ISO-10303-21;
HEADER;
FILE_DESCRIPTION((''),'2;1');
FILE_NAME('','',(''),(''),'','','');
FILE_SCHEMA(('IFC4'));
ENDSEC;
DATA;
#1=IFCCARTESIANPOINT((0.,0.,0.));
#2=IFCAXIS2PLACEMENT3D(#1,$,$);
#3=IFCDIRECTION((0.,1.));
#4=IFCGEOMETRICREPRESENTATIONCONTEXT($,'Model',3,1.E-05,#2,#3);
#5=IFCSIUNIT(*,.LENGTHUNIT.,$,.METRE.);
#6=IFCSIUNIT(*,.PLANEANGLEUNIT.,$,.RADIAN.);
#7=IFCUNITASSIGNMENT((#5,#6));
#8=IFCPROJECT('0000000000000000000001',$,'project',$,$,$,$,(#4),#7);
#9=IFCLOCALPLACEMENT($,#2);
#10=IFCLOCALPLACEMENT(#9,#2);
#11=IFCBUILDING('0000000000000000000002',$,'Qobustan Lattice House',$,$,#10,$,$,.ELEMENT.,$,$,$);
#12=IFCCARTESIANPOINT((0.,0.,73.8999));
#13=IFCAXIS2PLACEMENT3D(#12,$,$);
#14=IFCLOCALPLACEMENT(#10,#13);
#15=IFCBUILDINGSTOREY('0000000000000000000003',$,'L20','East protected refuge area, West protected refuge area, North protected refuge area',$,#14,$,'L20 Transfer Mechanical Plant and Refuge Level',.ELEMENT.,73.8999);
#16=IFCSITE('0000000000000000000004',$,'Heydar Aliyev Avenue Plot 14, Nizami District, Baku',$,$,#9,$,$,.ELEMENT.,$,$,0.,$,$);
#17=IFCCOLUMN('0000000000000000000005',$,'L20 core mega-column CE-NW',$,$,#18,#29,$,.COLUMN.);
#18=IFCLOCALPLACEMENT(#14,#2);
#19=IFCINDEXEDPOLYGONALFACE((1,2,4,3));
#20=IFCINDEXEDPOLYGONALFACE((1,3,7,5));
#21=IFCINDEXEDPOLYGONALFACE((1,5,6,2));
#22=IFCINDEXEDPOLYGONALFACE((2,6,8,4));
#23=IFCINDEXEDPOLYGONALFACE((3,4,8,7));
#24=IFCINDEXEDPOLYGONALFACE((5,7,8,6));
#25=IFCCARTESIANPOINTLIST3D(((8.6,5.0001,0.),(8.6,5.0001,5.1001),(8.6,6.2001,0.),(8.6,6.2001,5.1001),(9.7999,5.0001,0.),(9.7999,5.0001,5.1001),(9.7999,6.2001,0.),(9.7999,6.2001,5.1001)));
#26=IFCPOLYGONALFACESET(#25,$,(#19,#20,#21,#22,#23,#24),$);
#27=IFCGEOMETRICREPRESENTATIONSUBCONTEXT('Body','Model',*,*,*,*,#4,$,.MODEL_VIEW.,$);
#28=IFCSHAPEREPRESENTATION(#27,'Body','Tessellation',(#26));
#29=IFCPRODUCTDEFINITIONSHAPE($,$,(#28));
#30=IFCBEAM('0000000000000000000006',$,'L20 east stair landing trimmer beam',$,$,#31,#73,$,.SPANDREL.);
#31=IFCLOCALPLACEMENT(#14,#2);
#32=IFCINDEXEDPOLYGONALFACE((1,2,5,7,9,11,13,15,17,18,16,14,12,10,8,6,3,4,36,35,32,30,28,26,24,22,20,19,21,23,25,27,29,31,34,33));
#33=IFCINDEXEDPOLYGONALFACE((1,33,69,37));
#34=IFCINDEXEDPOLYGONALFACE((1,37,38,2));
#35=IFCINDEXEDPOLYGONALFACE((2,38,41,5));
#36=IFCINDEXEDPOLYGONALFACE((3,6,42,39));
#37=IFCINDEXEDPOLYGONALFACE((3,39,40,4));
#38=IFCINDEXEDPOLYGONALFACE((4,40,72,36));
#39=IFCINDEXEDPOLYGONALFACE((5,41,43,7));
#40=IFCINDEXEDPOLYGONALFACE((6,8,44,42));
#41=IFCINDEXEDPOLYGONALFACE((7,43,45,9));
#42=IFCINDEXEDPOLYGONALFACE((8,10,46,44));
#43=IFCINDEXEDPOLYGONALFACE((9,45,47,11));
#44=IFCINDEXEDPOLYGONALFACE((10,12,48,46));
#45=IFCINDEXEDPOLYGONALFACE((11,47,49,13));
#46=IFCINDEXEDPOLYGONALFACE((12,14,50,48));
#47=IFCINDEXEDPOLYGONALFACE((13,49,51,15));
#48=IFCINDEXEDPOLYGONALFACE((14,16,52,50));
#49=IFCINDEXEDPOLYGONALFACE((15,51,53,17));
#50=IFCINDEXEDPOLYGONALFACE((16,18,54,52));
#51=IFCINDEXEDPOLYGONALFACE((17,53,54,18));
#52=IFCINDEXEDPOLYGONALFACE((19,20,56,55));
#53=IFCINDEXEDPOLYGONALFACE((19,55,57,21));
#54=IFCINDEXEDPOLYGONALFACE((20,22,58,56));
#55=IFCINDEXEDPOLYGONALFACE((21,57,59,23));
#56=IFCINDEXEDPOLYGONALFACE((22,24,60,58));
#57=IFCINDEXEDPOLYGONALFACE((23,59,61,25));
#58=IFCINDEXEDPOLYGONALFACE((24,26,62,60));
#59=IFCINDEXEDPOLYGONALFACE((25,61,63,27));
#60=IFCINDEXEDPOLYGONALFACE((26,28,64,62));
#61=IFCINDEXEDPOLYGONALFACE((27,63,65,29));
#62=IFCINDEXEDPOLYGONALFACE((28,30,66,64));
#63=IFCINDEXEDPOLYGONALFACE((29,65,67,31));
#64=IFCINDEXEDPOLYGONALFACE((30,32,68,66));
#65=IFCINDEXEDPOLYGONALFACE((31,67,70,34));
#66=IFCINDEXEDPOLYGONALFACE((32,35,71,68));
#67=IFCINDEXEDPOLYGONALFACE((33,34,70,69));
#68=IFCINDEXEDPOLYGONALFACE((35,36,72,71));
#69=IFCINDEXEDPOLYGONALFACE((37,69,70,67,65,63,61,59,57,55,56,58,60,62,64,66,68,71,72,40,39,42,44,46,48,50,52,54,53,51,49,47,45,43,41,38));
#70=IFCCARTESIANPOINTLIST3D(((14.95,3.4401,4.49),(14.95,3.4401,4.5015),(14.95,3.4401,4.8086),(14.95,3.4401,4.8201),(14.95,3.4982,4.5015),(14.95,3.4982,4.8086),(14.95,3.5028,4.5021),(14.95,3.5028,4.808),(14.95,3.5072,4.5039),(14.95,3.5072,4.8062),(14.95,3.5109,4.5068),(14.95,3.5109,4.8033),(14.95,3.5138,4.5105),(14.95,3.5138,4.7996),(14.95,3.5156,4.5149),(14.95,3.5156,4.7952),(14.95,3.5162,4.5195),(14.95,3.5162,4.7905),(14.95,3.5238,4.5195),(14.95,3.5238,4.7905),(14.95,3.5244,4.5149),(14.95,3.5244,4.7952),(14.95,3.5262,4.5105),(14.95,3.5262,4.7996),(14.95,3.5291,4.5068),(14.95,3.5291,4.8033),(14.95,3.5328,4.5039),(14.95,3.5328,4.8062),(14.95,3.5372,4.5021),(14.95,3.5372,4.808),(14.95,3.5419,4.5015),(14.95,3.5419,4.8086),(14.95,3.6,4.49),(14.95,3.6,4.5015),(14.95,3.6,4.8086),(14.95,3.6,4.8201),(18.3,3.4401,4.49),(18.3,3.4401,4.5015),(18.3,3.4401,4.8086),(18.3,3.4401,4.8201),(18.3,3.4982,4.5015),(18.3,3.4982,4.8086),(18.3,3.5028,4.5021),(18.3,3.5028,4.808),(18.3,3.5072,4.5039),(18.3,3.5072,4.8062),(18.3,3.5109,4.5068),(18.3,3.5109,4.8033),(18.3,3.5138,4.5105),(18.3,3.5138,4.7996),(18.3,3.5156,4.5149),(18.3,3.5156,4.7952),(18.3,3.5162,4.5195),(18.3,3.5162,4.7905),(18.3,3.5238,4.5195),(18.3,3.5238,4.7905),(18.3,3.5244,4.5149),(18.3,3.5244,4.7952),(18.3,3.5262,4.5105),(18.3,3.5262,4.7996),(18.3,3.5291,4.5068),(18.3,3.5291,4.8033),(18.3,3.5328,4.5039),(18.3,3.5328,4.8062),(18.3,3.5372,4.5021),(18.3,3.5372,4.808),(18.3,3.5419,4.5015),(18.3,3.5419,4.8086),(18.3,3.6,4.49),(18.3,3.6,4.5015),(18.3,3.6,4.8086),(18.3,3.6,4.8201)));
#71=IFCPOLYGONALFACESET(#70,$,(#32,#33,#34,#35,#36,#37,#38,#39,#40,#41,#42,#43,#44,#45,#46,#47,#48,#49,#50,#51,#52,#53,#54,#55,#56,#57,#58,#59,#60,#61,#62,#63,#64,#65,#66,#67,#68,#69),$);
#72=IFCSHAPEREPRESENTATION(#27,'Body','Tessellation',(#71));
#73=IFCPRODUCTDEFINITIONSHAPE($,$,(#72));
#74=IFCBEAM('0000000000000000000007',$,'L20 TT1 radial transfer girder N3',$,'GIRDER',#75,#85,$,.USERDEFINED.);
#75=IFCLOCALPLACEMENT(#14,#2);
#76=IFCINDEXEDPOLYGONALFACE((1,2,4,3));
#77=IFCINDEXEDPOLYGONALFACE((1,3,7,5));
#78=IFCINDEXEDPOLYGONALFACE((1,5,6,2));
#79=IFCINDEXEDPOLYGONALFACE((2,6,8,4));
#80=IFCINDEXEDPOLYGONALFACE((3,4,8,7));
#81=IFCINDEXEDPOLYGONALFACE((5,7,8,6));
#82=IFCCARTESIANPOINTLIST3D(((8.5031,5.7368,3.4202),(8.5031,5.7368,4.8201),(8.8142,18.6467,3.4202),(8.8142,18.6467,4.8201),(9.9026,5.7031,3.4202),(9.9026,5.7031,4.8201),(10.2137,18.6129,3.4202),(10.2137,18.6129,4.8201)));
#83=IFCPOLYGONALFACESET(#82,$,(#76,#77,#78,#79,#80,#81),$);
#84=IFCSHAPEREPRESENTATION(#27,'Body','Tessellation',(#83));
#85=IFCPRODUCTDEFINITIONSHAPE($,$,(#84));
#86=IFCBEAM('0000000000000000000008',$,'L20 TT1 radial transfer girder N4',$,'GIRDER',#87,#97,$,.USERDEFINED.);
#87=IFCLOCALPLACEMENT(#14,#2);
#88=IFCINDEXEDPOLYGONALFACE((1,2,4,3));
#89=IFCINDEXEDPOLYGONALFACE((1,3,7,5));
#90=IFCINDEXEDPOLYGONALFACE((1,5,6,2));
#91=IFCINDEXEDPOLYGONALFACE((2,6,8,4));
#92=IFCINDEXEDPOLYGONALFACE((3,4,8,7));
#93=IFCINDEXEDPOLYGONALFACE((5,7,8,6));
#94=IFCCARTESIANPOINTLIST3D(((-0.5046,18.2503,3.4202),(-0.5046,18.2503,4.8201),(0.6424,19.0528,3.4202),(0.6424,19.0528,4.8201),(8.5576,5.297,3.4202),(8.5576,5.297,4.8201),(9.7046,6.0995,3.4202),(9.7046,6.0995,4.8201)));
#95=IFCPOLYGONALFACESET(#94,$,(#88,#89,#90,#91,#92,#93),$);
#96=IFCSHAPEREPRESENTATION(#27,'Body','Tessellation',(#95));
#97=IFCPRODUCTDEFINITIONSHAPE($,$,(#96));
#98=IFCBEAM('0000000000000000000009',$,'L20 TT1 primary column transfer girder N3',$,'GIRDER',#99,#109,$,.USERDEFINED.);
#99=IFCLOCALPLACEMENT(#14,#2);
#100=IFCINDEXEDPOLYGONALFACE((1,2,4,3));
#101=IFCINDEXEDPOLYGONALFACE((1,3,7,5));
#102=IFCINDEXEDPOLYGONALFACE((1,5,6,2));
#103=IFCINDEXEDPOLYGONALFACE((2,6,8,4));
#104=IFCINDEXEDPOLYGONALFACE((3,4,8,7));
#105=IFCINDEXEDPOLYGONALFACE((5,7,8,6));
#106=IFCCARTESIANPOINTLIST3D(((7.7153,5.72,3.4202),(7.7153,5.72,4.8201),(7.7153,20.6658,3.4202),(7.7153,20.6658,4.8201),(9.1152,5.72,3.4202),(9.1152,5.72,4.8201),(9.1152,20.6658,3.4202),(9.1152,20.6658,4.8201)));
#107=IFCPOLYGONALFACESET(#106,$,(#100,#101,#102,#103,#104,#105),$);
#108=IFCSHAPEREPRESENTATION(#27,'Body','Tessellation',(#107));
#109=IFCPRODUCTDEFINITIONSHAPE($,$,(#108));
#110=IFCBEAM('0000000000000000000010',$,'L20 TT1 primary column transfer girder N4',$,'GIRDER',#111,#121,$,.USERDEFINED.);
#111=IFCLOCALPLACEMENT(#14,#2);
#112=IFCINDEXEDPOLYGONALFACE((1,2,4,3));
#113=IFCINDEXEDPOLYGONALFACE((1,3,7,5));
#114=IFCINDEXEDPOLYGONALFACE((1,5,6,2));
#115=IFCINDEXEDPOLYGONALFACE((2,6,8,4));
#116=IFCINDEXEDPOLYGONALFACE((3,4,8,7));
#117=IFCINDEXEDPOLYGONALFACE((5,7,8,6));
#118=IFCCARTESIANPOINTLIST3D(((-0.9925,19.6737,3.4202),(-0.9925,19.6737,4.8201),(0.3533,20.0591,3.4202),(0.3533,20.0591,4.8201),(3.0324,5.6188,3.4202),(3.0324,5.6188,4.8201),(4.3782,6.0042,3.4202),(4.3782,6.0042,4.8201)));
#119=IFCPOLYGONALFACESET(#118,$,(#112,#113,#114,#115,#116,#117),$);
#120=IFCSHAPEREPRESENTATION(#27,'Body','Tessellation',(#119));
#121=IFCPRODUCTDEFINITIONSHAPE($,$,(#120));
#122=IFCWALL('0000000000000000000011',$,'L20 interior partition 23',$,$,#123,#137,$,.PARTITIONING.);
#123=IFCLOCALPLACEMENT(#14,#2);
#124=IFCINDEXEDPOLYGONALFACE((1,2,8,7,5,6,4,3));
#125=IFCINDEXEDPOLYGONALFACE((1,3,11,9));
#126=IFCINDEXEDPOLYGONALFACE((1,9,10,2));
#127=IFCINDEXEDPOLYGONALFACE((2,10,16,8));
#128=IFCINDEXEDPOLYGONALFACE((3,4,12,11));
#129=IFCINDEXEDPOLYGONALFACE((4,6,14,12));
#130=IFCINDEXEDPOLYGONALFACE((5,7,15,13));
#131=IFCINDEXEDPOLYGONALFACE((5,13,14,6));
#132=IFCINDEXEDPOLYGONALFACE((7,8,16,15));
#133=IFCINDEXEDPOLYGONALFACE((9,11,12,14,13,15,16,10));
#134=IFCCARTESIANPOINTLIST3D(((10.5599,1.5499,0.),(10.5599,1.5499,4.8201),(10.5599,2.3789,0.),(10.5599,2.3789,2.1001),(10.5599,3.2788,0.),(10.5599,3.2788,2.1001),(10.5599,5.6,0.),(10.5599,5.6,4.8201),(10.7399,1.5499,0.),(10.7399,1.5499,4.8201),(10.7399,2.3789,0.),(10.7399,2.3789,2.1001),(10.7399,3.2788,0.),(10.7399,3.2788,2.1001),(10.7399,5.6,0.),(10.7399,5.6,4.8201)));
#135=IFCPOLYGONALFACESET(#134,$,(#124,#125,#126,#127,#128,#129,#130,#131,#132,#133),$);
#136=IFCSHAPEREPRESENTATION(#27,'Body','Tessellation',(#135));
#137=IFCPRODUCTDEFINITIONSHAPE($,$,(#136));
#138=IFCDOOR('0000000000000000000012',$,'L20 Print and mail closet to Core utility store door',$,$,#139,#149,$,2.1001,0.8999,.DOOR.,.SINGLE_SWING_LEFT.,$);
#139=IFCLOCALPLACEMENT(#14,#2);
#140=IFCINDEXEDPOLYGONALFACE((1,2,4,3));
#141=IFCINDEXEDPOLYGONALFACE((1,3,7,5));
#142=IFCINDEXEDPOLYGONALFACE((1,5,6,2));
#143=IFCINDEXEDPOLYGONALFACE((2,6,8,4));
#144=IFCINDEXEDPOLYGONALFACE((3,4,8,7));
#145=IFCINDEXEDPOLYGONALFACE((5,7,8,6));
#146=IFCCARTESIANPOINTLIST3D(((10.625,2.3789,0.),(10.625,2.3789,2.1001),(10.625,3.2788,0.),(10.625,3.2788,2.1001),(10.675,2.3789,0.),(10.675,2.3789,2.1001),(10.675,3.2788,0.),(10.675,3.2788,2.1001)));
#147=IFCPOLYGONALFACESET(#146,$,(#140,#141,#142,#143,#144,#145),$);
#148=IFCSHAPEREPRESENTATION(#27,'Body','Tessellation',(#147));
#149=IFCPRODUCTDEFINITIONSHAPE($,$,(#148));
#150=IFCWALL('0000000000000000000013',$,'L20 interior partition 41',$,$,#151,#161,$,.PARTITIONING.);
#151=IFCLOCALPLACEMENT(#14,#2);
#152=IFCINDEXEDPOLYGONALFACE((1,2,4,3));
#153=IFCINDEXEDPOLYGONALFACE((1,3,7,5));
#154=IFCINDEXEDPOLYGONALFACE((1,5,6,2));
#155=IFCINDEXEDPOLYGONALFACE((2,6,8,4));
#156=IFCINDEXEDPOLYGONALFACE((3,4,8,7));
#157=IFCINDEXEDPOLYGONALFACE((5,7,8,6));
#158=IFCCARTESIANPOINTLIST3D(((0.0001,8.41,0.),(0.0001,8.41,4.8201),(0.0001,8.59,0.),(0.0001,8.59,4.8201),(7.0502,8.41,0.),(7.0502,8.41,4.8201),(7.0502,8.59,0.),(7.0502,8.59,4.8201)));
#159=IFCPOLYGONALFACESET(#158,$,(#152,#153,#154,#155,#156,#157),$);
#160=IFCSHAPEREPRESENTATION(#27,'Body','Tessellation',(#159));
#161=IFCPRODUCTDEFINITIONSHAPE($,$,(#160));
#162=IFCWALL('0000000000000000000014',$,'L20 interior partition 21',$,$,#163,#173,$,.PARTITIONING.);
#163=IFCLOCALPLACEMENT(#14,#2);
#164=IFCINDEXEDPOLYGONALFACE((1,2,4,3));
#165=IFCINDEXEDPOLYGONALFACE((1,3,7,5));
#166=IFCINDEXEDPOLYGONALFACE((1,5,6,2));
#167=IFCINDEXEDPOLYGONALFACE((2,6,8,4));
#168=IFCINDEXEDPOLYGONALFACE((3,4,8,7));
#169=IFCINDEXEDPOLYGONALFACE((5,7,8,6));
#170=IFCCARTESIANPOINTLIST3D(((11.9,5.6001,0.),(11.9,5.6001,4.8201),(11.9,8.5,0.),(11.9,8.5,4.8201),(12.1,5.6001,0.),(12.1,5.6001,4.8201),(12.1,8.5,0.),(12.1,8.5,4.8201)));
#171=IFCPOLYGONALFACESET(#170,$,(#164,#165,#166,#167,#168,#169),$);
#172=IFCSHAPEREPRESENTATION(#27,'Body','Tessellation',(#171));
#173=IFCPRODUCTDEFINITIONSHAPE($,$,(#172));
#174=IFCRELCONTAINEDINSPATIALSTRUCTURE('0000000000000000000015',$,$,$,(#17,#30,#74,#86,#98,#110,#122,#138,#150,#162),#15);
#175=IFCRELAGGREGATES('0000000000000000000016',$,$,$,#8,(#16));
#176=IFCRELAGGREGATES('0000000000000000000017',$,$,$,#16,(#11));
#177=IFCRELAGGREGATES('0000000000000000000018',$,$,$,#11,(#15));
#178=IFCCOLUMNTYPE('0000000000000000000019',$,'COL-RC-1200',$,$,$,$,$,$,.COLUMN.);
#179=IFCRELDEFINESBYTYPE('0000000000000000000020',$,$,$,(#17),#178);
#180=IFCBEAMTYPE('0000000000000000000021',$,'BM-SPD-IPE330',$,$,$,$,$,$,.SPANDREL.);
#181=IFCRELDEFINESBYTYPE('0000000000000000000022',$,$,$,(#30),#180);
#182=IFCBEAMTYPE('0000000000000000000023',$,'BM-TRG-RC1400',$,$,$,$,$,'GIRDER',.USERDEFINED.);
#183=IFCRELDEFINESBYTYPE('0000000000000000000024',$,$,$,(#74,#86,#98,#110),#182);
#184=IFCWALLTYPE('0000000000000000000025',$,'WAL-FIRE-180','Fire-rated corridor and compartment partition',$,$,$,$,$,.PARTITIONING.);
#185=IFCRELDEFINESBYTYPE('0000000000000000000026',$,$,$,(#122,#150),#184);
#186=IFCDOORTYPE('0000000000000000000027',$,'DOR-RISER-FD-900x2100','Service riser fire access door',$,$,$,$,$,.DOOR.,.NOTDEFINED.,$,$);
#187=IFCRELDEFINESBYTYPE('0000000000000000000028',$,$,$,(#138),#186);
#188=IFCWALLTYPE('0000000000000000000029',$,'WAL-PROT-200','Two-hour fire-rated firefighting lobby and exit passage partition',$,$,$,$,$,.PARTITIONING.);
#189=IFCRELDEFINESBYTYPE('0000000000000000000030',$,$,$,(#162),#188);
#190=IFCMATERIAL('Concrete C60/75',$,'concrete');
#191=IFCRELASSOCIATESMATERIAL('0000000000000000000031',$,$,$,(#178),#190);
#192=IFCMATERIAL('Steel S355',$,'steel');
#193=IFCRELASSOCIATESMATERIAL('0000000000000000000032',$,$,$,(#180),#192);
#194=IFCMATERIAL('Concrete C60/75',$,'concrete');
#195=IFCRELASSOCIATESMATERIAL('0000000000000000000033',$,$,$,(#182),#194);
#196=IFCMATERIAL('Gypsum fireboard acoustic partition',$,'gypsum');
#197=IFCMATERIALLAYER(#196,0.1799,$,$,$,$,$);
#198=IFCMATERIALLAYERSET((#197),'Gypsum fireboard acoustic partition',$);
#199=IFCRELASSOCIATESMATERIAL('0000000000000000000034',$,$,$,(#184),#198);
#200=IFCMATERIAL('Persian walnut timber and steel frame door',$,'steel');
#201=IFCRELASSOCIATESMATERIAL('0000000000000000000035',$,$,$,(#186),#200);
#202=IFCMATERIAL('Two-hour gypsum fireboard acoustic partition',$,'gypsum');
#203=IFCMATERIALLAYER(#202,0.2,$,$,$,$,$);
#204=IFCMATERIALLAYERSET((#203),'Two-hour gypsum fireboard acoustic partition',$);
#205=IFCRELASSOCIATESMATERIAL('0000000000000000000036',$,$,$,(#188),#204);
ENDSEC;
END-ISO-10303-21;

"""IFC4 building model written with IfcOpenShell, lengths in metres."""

from ifc_helpers import new_model, si_unit, direction, frame, frame_2d, origin, origin_2d, place, context, subcontext, project, spatial, rectangle, i_section, extrude, material, layer, layer_set, material_profile, profile_set, type_object, element, fill, save


model = new_model("IFC4")

# Units and contexts
model_context = context("Model", 3, precision=1e-05, world=origin(), true_north=direction((0.0, 1.0)))
body_context = subcontext(model_context, "Body", "Model", "MODEL_VIEW")
ifc_project = project(units=[si_unit("LENGTHUNIT", "METRE"), si_unit("PLANEANGLEUNIT", "RADIAN")], contexts=[model_context])

# Site, building, storey
site_placement = place(None, origin())
site = spatial("IfcSite", under=ifc_project, at=site_placement, Name="Heydar Aliyev Avenue Plot 14, Nizami District, Baku", CompositionType="ELEMENT", RefElevation=0.0)
building_placement = place(site_placement, origin())
building = spatial("IfcBuilding", under=site, at=building_placement, Name="Qobustan Lattice House", CompositionType="ELEMENT")
storey_placement = place(building_placement, frame((0.0, 0.0, 73.8999)))
storey = spatial("IfcBuildingStorey", under=building, at=storey_placement, Name="L20", Description="East protected refuge area, West protected refuge area, North protected refuge area", LongName="L20 Transfer Mechanical Plant and Refuge Level", CompositionType="ELEMENT", Elevation=73.8999)

# Column
ifc_material_1 = material(Name="Concrete C60/75", Category="concrete")
ifc_material_profile_1 = material_profile(ifc_material_1, rectangle(XDim=1.2, YDim=1.2, at=origin_2d()), Name="RC1200x1200")
ifc_profile_set_1 = profile_set([ifc_material_profile_1], Name="Concrete C60/75")
column_type = type_object("IfcColumnType", Name="COL-RC-1200", PredefinedType="COLUMN", material=ifc_profile_set_1)
column_placement = place(storey_placement, frame((9.2, 5.6001, 0.0), z_axis=(0.0, 0.0, 1.0), x_axis=(1.0, 0.0, 0.0)))
element("IfcColumn", 1, at=column_placement, inside=storey, type_object=column_type, Name="L20 core mega-column CE-NW", PredefinedType="COLUMN", context=body_context, shape_type="SweptSolid", body=[
    extrude(rectangle(XDim=1.2, YDim=1.2, at=origin_2d()), origin(), (0.0, 0.0, 1.0), 5.1001),
])

# Beams
ifc_material_2 = material(Name="Steel S355", Category="steel")
ifc_material_profile_2 = material_profile(ifc_material_2, i_section(OverallWidth=0.1599, OverallDepth=0.3301, WebThickness=0.0076, FlangeThickness=0.0115, FilletRadius=0.0181, at=origin_2d()), Name="IPE330")
ifc_profile_set_2 = profile_set([ifc_material_profile_2], Name="Steel S355")
beam_type_1 = type_object("IfcBeamType", Name="BM-SPD-IPE330", PredefinedType="SPANDREL", material=ifc_profile_set_2)
beam_1_placement = place(storey_placement, frame((14.95, 3.52, 4.655), z_axis=(1.0, 0.0, 0.0), x_axis=(0.0, 1.0, 0.0)))
element("IfcBeam", 2, at=beam_1_placement, inside=storey, type_object=beam_type_1, Name="L20 east stair landing trimmer beam", PredefinedType="SPANDREL", context=body_context, shape_type="SweptSolid", body=[
    extrude(i_section(OverallWidth=0.1599, OverallDepth=0.3301, WebThickness=0.0076, FlangeThickness=0.0115, FilletRadius=0.0181, at=origin_2d()), origin(), (0.0, 0.0, 1.0), 3.3501),
])
ifc_material_3 = material(Name="Concrete C60/75", Category="concrete")
ifc_material_profile_3 = material_profile(ifc_material_3, rectangle(XDim=1.3999, YDim=1.3999, at=origin_2d()), Name="RC1400x1400")
ifc_profile_set_3 = profile_set([ifc_material_profile_3], Name="Concrete C60/75")
beam_type_2 = type_object("IfcBeamType", Name="BM-TRG-RC1400", ElementType="GIRDER", PredefinedType="USERDEFINED", material=ifc_profile_set_3)
beam_2_placement = place(storey_placement, frame((9.2029, 5.72, 4.1201), z_axis=(0.024086, 0.99971, 0.0), x_axis=(-0.99971, 0.024086, 0.0)))
element("IfcBeam", 3, at=beam_2_placement, inside=storey, type_object=beam_type_2, Name="L20 TT1 radial transfer girder N3", ObjectType="GIRDER", PredefinedType="USERDEFINED", context=body_context, shape_type="SweptSolid", body=[
    extrude(rectangle(XDim=1.3999, YDim=1.3999, at=origin_2d()), origin(), (0.0, 0.0, 1.0), 12.9136),
])
beam_3_placement = place(storey_placement, frame((9.1311, 5.6982, 4.1201), z_axis=(-0.573246, 0.819384, 0.0), x_axis=(-0.819384, -0.573246, 0.0)))
element("IfcBeam", 4, at=beam_3_placement, inside=storey, type_object=beam_type_2, Name="L20 TT1 radial transfer girder N4", ObjectType="GIRDER", PredefinedType="USERDEFINED", context=body_context, shape_type="SweptSolid", body=[
    extrude(rectangle(XDim=1.3999, YDim=1.3999, at=origin_2d()), origin(), (0.0, 0.0, 1.0), 15.8086),
])
beam_4_placement = place(storey_placement, frame((8.4153, 5.72, 4.1201), z_axis=(0.0, 1.0, 0.0), x_axis=(-1.0, 0.0, 0.0)))
element("IfcBeam", 5, at=beam_4_placement, inside=storey, type_object=beam_type_2, Name="L20 TT1 primary column transfer girder N3", ObjectType="GIRDER", PredefinedType="USERDEFINED", context=body_context, shape_type="SweptSolid", body=[
    extrude(rectangle(XDim=1.3999, YDim=1.3999, at=origin_2d()), origin(), (0.0, 0.0, 1.0), 14.9458),
])
beam_5_placement = place(storey_placement, frame((3.7053, 5.8115, 4.1201), z_axis=(-0.275303, 0.961357, 0.0), x_axis=(-0.961357, -0.275303, 0.0)))
element("IfcBeam", 6, at=beam_5_placement, inside=storey, type_object=beam_type_2, Name="L20 TT1 primary column transfer girder N4", ObjectType="GIRDER", PredefinedType="USERDEFINED", context=body_context, shape_type="SweptSolid", body=[
    extrude(rectangle(XDim=1.3999, YDim=1.3999, at=origin_2d()), origin(), (0.0, 0.0, 1.0), 14.6199),
])

# Wall, opening, door
ifc_material_4 = material(Name="Gypsum fireboard acoustic partition", Category="gypsum")
ifc_layer_1 = layer(ifc_material_4, 0.1799)
ifc_layer_set_1 = layer_set([ifc_layer_1], Name="Gypsum fireboard acoustic partition")
wall_type_1 = type_object("IfcWallType", Name="WAL-FIRE-180", Description="Fire-rated corridor and compartment partition", PredefinedType="PARTITIONING", material=ifc_layer_set_1)
wall_1_placement = place(storey_placement, frame((10.6499, 1.55, 0.0), z_axis=(0.0, 0.0, 1.0), x_axis=(0.0, 1.0, 0.0)))
wall_1 = element("IfcWall", 7, at=wall_1_placement, inside=storey, type_object=wall_type_1, Name="L20 interior partition 23", PredefinedType="PARTITIONING", context=body_context, shape_type="SweptSolid", body=[
    extrude(rectangle(XDim=4.05, YDim=0.1799, at=frame_2d((2.0249, 0.0))), origin(), (0.0, 0.0, 1.0), 4.8201),
])
opening_1_placement = place(wall_1_placement, frame((0.8289, 0.0, 0.0)))
opening_1 = element("IfcOpeningElement", 8, at=opening_1_placement, cuts=wall_1, PredefinedType="OPENING", context=body_context, shape_type="SweptSolid", body=[
    extrude(rectangle(XDim=0.8999, YDim=2.1001, at=frame_2d((0.45, 1.05))), frame((0.0, 0.0999, 0.0), z_axis=(0.0, -1.0, 0.0), x_axis=(1.0, 0.0, 0.0)), (0.0, 0.0, 1.0), 0.2),
])
ifc_material_5 = material(Name="Persian walnut timber and steel frame door", Category="steel")
door_type_1 = type_object("IfcDoorType", Name="DOR-RISER-FD-900x2100", Description="Service riser fire access door", OperationType="NOTDEFINED", PredefinedType="DOOR", material=ifc_material_5)
door_1_placement = place(opening_1_placement, origin())
door_1 = element("IfcDoor", 9, at=door_1_placement, inside=storey, type_object=door_type_1, Name="L20 Print and mail closet to Core utility store door", OperationType="SINGLE_SWING_LEFT", OverallHeight=2.1001, OverallWidth=0.8999, PredefinedType="DOOR", context=body_context, shape_type="SweptSolid", body=[
    extrude(rectangle(XDim=0.8999, YDim=2.1001, at=frame_2d((0.45, 1.05))), frame((0.0, 0.0249, 0.0), z_axis=(0.0, -1.0, 0.0), x_axis=(1.0, 0.0, 0.0)), (0.0, 0.0, 1.0), 0.05),
])
fill(opening_1, door_1)

# Walls
wall_2_placement = place(storey_placement, frame((7.05, 8.5, 0.0), z_axis=(0.0, 0.0, 1.0), x_axis=(-1.0, 0.0, 0.0)))
element("IfcWall", 10, at=wall_2_placement, inside=storey, type_object=wall_type_1, Name="L20 interior partition 41", PredefinedType="PARTITIONING", context=body_context, shape_type="SweptSolid", body=[
    extrude(rectangle(XDim=7.05, YDim=0.1799, at=frame_2d((3.5249, 0.0))), origin(), (0.0, 0.0, 1.0), 4.8201),
])
ifc_material_6 = material(Name="Two-hour gypsum fireboard acoustic partition", Category="gypsum")
ifc_layer_2 = layer(ifc_material_6, 0.2)
ifc_layer_set_2 = layer_set([ifc_layer_2], Name="Two-hour gypsum fireboard acoustic partition")
wall_type_2 = type_object("IfcWallType", Name="WAL-PROT-200", Description="Two-hour fire-rated firefighting lobby and exit passage partition", PredefinedType="PARTITIONING", material=ifc_layer_set_2)
wall_3_placement = place(storey_placement, frame((12.0, 8.5, 0.0), z_axis=(0.0, 0.0, 1.0), x_axis=(0.0, -1.0, 0.0)))
element("IfcWall", 11, at=wall_3_placement, inside=storey, type_object=wall_type_2, Name="L20 interior partition 21", PredefinedType="PARTITIONING", context=body_context, shape_type="SweptSolid", body=[
    extrude(rectangle(XDim=2.8999, YDim=0.2, at=frame_2d((1.45, 0.0))), origin(), (0.0, 0.0, 1.0), 4.8201),
])

save(model, "model.ifc")
